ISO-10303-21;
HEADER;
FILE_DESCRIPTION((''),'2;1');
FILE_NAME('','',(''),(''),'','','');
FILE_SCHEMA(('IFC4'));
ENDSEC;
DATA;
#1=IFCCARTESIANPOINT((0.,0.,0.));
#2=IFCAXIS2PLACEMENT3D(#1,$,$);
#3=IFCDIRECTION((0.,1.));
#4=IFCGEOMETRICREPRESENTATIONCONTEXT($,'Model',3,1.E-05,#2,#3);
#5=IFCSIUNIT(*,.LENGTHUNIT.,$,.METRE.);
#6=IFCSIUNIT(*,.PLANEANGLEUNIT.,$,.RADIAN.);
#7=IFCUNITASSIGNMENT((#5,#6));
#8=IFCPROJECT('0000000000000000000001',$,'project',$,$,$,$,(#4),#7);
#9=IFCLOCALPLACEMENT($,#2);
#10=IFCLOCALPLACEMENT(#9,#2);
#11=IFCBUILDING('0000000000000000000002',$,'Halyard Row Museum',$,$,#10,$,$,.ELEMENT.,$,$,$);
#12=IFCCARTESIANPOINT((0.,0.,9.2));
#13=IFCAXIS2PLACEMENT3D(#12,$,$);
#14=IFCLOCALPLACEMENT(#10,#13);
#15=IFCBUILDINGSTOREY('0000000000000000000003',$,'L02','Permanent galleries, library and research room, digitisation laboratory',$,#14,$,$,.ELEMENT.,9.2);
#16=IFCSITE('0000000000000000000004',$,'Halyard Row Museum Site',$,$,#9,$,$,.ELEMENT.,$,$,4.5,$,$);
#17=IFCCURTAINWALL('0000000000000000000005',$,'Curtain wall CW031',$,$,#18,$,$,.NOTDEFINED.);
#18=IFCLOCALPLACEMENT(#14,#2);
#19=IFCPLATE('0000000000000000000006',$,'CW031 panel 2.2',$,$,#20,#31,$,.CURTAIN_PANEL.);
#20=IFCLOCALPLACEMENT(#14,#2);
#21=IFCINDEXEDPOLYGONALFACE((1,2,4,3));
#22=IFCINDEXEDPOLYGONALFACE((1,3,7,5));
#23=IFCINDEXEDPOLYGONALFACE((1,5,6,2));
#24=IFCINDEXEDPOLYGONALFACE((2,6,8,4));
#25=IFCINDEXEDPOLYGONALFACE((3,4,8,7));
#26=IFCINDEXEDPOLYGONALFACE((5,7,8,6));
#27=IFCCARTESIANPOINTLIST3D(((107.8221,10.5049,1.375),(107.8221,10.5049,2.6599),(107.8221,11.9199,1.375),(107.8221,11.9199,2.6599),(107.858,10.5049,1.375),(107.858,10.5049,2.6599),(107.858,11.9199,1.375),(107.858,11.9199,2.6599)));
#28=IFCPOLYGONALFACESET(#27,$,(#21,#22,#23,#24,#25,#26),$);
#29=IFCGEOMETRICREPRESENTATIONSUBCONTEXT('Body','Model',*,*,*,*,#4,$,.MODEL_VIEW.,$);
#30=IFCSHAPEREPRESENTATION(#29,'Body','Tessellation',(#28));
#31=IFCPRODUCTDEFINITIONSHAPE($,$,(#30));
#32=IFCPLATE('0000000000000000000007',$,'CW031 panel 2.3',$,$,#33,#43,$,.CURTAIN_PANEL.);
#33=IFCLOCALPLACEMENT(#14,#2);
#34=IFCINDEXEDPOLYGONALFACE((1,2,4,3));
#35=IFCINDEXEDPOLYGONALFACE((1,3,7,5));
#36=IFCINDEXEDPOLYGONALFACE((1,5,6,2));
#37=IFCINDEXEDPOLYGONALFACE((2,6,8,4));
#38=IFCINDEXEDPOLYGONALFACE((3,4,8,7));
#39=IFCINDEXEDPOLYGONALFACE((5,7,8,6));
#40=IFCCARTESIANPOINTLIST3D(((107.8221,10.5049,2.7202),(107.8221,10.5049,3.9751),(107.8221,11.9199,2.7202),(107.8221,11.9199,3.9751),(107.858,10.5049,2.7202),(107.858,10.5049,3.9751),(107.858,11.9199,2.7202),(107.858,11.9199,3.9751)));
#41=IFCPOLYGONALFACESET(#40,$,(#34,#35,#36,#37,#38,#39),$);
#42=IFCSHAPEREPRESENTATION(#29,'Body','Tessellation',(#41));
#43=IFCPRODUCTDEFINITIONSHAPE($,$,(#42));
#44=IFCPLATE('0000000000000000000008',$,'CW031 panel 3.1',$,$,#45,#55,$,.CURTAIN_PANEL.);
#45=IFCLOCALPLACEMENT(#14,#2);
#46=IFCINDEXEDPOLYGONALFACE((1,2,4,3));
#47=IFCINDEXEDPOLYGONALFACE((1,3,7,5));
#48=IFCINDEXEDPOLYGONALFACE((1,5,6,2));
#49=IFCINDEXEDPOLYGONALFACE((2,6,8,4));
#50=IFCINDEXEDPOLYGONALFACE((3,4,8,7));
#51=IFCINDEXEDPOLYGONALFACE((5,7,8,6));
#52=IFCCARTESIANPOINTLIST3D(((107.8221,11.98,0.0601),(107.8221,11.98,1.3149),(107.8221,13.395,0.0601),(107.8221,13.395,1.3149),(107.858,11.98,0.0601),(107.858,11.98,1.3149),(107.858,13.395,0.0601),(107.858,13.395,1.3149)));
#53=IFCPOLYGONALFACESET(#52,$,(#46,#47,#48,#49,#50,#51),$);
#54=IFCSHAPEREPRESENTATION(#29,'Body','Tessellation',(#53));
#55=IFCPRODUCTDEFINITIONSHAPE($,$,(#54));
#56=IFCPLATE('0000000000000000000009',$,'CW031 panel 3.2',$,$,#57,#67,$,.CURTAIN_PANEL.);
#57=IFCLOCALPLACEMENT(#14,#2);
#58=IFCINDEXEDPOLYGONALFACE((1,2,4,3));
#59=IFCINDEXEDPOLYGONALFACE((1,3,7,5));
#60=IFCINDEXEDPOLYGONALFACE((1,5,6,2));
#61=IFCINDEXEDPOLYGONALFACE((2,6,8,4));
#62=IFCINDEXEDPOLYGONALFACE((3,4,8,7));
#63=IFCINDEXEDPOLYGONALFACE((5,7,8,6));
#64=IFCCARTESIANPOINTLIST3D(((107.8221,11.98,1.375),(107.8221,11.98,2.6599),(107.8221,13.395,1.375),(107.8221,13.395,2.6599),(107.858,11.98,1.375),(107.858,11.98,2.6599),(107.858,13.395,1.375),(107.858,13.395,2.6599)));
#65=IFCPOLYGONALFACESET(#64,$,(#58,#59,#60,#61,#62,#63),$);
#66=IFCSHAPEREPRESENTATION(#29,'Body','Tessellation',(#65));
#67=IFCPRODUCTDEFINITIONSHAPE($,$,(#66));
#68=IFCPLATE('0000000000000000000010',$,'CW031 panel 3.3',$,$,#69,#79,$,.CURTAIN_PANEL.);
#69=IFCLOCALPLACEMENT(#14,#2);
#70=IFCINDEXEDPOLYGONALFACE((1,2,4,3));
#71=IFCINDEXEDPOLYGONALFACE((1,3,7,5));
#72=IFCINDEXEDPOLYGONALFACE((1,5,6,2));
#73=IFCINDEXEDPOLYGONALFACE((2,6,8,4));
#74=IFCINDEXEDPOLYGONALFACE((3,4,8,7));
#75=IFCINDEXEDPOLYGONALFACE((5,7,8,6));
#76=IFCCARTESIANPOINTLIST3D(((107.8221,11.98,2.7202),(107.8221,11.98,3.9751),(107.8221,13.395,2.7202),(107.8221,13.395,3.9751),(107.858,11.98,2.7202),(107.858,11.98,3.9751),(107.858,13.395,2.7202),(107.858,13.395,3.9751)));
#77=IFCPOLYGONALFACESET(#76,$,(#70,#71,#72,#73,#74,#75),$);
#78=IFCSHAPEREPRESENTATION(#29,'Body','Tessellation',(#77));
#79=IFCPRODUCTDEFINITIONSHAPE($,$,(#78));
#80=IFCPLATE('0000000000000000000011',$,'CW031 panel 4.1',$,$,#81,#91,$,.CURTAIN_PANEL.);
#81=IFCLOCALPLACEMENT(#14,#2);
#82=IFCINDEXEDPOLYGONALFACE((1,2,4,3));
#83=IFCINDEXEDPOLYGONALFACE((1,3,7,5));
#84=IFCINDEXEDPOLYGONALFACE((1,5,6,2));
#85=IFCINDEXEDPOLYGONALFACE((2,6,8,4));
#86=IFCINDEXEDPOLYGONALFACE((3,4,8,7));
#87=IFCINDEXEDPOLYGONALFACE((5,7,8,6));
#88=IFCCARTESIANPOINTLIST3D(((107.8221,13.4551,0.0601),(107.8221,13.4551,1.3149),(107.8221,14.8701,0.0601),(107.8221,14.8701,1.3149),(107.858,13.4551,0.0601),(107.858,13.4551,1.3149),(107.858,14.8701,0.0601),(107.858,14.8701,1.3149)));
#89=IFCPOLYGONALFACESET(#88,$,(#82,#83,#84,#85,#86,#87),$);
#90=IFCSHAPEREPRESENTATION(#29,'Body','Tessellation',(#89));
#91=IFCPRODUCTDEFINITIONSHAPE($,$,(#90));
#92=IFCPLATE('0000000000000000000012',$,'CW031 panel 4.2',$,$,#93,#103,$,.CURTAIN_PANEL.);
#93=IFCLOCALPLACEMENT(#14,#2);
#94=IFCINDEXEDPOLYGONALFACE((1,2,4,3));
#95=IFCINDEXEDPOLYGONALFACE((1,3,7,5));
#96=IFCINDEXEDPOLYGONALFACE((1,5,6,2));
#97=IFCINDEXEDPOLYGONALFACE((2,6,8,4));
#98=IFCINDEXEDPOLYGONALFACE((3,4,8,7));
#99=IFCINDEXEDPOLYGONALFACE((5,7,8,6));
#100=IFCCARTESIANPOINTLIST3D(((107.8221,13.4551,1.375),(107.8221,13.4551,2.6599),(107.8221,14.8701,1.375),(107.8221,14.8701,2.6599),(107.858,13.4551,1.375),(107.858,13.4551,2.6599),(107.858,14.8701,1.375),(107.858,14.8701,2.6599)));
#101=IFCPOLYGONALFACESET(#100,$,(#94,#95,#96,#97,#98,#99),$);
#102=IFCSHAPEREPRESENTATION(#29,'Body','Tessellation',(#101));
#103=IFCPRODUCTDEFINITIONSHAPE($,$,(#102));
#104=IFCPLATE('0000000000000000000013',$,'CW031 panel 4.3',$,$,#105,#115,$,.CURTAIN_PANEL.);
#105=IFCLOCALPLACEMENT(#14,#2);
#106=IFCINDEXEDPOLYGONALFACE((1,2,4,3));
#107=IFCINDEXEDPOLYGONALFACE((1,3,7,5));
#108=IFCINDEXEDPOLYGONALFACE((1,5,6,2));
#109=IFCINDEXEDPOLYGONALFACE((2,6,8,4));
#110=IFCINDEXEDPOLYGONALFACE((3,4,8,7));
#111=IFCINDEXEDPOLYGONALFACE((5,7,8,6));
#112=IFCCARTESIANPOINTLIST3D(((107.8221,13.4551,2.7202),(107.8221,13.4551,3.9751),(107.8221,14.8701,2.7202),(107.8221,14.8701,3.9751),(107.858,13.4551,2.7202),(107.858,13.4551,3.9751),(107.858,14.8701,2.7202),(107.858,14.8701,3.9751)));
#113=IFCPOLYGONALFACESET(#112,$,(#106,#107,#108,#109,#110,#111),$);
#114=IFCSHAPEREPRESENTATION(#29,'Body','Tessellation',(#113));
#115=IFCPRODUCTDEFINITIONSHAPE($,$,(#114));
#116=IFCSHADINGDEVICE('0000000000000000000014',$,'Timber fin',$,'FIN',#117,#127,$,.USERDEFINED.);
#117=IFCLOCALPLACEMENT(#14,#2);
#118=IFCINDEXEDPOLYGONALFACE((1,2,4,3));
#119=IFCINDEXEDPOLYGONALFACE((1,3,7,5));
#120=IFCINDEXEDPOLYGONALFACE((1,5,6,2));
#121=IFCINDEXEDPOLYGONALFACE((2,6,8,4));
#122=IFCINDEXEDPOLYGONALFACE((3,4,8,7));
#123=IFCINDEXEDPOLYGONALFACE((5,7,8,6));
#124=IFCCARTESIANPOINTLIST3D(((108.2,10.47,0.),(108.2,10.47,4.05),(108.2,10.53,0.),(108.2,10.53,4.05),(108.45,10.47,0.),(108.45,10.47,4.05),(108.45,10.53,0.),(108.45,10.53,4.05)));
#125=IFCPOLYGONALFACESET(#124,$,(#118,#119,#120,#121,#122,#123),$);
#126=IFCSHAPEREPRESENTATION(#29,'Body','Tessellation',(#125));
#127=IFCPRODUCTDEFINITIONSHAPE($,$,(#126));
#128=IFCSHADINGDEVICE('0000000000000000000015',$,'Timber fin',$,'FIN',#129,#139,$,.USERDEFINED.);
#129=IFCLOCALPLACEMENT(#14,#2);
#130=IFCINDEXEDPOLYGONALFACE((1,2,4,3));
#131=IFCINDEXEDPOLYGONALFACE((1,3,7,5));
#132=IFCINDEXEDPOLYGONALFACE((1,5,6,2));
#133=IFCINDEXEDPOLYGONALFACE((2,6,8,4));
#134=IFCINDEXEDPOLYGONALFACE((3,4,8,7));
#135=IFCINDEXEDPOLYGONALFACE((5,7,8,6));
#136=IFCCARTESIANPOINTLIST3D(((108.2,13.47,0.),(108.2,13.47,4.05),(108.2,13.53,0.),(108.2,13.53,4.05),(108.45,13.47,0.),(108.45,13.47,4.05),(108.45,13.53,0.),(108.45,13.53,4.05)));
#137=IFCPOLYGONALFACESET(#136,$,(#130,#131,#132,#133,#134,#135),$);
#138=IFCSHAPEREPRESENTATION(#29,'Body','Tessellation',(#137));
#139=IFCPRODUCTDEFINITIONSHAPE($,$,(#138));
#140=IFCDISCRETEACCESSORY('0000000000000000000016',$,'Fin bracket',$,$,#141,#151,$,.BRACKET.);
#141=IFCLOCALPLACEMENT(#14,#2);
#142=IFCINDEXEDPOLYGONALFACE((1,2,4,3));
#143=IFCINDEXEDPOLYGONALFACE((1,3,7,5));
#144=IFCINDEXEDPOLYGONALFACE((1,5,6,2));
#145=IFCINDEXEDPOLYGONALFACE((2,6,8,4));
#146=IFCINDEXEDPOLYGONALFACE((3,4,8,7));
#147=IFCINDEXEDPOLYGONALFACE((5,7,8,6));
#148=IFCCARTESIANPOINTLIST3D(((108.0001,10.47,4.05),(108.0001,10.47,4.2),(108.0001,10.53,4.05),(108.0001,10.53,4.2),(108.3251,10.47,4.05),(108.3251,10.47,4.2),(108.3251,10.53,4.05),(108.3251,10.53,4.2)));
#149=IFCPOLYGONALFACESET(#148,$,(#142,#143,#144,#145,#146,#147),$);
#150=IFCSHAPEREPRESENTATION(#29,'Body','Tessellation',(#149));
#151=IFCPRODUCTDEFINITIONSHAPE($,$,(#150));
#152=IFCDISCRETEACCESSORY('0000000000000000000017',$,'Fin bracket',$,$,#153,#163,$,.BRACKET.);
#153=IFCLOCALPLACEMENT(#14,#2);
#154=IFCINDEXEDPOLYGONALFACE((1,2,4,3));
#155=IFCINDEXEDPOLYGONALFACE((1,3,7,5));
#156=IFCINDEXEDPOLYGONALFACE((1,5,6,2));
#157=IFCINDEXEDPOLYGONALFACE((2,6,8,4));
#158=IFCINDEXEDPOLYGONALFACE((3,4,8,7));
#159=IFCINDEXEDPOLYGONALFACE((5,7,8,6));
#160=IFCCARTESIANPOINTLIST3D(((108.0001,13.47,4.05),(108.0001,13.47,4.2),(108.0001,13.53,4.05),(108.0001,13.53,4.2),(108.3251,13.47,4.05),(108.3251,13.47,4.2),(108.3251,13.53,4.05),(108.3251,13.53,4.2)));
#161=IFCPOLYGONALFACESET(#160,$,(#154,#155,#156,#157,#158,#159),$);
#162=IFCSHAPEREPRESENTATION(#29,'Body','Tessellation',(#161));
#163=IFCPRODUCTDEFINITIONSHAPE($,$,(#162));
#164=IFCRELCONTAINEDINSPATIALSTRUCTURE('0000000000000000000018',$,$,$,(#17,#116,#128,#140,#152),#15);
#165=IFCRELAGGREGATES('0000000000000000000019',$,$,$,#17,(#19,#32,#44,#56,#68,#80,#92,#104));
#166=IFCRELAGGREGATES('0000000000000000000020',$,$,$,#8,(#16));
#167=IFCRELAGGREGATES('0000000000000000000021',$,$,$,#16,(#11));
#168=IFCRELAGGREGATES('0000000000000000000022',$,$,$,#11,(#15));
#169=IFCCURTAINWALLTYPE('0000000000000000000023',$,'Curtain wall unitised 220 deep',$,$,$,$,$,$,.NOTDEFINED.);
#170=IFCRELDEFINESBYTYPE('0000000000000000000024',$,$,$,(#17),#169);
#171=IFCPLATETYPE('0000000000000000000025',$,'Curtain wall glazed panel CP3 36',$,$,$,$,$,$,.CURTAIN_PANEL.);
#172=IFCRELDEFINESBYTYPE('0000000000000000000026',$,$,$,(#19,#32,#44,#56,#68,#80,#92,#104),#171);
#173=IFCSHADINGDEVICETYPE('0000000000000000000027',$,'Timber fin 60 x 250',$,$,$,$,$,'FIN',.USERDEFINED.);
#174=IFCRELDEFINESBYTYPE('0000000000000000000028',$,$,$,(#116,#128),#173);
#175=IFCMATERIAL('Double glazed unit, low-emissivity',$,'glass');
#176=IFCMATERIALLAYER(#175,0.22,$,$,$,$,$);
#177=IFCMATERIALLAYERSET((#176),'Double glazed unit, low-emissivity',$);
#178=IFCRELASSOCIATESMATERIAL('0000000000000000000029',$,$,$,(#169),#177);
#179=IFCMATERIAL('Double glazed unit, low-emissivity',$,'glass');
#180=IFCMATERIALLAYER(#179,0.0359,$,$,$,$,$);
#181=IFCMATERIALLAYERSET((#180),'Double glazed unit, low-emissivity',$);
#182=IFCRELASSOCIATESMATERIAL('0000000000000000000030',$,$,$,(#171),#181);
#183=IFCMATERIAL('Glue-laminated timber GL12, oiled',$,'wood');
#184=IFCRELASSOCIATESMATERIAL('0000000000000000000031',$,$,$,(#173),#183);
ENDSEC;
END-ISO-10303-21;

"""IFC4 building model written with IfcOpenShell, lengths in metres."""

from ifc_helpers import new_model, si_unit, direction, frame, origin, origin_2d, place, context, subcontext, project, spatial, rectangle, extrude, material, layer, layer_set, type_object, element, aggregate, save


model = new_model("IFC4")

# Units and contexts
model_context = context("Model", 3, precision=1e-05, world=origin(), true_north=direction((0.0, 1.0)))
body_context = subcontext(model_context, "Body", "Model", "MODEL_VIEW")
ifc_project = project(units=[si_unit("LENGTHUNIT", "METRE"), si_unit("PLANEANGLEUNIT", "RADIAN")], contexts=[model_context])

# Site, building, storey
site_placement = place(None, origin())
site = spatial("IfcSite", under=ifc_project, at=site_placement, Name="Halyard Row Museum Site", CompositionType="ELEMENT", RefElevation=4.5)
building_placement = place(site_placement, origin())
building = spatial("IfcBuilding", under=site, at=building_placement, Name="Halyard Row Museum", CompositionType="ELEMENT")
storey_placement = place(building_placement, frame((0.0, 0.0, 9.2)))
storey = spatial("IfcBuildingStorey", under=building, at=storey_placement, Name="L02", Description="Permanent galleries, library and research room, digitisation laboratory", CompositionType="ELEMENT", Elevation=9.2)

# Curtain wall, plates
ifc_material_1 = material(Name="Double glazed unit, low-emissivity", Category="glass")
ifc_layer_1 = layer(ifc_material_1, 0.22)
ifc_layer_set_1 = layer_set([ifc_layer_1], Name="Double glazed unit, low-emissivity")
curtain_wall_type = type_object("IfcCurtainWallType", Name="Curtain wall unitised 220 deep", PredefinedType="NOTDEFINED", material=ifc_layer_set_1)
curtain_wall_placement = place(storey_placement, origin())
curtain_wall = element("IfcCurtainWall", 1, at=curtain_wall_placement, inside=storey, type_object=curtain_wall_type, Name="Curtain wall CW031", PredefinedType="NOTDEFINED")
ifc_material_2 = material(Name="Double glazed unit, low-emissivity", Category="glass")
ifc_layer_2 = layer(ifc_material_2, 0.0359)
ifc_layer_set_2 = layer_set([ifc_layer_2], Name="Double glazed unit, low-emissivity")
plate_type = type_object("IfcPlateType", Name="Curtain wall glazed panel CP3 36", PredefinedType="CURTAIN_PANEL", material=ifc_layer_set_2)
plate_1_placement = place(storey_placement, frame((107.8401, 11.2124, 1.375), z_axis=(0.0, 0.0, 1.0), x_axis=(0.0, 1.0, 0.0)))
plate_1 = element("IfcPlate", 2, at=plate_1_placement, type_object=plate_type, Name="CW031 panel 2.2", PredefinedType="CURTAIN_PANEL", context=body_context, shape_type="SweptSolid", body=[
    extrude(rectangle(XDim=1.415, YDim=0.0359, at=origin_2d()), origin(), (0.0, 0.0, 1.0), 1.2849),
])
plate_2_placement = place(storey_placement, frame((107.8401, 11.2124, 2.7202), z_axis=(0.0, 0.0, 1.0), x_axis=(0.0, 1.0, 0.0)))
plate_2 = element("IfcPlate", 3, at=plate_2_placement, type_object=plate_type, Name="CW031 panel 2.3", PredefinedType="CURTAIN_PANEL", context=body_context, shape_type="SweptSolid", body=[
    extrude(rectangle(XDim=1.415, YDim=0.0359, at=origin_2d()), origin(), (0.0, 0.0, 1.0), 1.2549),
])
plate_3_placement = place(storey_placement, frame((107.8401, 12.6875, 0.0601), z_axis=(0.0, 0.0, 1.0), x_axis=(0.0, 1.0, 0.0)))
plate_3 = element("IfcPlate", 4, at=plate_3_placement, type_object=plate_type, Name="CW031 panel 3.1", PredefinedType="CURTAIN_PANEL", context=body_context, shape_type="SweptSolid", body=[
    extrude(rectangle(XDim=1.415, YDim=0.0359, at=origin_2d()), origin(), (0.0, 0.0, 1.0), 1.2549),
])
plate_4_placement = place(storey_placement, frame((107.8401, 12.6875, 1.375), z_axis=(0.0, 0.0, 1.0), x_axis=(0.0, 1.0, 0.0)))
plate_4 = element("IfcPlate", 5, at=plate_4_placement, type_object=plate_type, Name="CW031 panel 3.2", PredefinedType="CURTAIN_PANEL", context=body_context, shape_type="SweptSolid", body=[
    extrude(rectangle(XDim=1.415, YDim=0.0359, at=origin_2d()), origin(), (0.0, 0.0, 1.0), 1.2849),
])
plate_5_placement = place(storey_placement, frame((107.8401, 12.6875, 2.7202), z_axis=(0.0, 0.0, 1.0), x_axis=(0.0, 1.0, 0.0)))
plate_5 = element("IfcPlate", 6, at=plate_5_placement, type_object=plate_type, Name="CW031 panel 3.3", PredefinedType="CURTAIN_PANEL", context=body_context, shape_type="SweptSolid", body=[
    extrude(rectangle(XDim=1.415, YDim=0.0359, at=origin_2d()), origin(), (0.0, 0.0, 1.0), 1.2549),
])
plate_6_placement = place(storey_placement, frame((107.8401, 14.1626, 0.0601), z_axis=(0.0, 0.0, 1.0), x_axis=(0.0, 1.0, 0.0)))
plate_6 = element("IfcPlate", 7, at=plate_6_placement, type_object=plate_type, Name="CW031 panel 4.1", PredefinedType="CURTAIN_PANEL", context=body_context, shape_type="SweptSolid", body=[
    extrude(rectangle(XDim=1.415, YDim=0.0359, at=origin_2d()), origin(), (0.0, 0.0, 1.0), 1.2549),
])
plate_7_placement = place(storey_placement, frame((107.8401, 14.1626, 1.375), z_axis=(0.0, 0.0, 1.0), x_axis=(0.0, 1.0, 0.0)))
plate_7 = element("IfcPlate", 8, at=plate_7_placement, type_object=plate_type, Name="CW031 panel 4.2", PredefinedType="CURTAIN_PANEL", context=body_context, shape_type="SweptSolid", body=[
    extrude(rectangle(XDim=1.415, YDim=0.0359, at=origin_2d()), origin(), (0.0, 0.0, 1.0), 1.2849),
])
plate_8_placement = place(storey_placement, frame((107.8401, 14.1626, 2.7202), z_axis=(0.0, 0.0, 1.0), x_axis=(0.0, 1.0, 0.0)))
plate_8 = element("IfcPlate", 9, at=plate_8_placement, type_object=plate_type, Name="CW031 panel 4.3", PredefinedType="CURTAIN_PANEL", context=body_context, shape_type="SweptSolid", body=[
    extrude(rectangle(XDim=1.415, YDim=0.0359, at=origin_2d()), origin(), (0.0, 0.0, 1.0), 1.2549),
])
aggregate(curtain_wall, [plate_1, plate_2, plate_3, plate_4, plate_5, plate_6, plate_7, plate_8])

# Shading devices
ifc_material_3 = material(Name="Glue-laminated timber GL12, oiled", Category="wood")
shading_device_type = type_object("IfcShadingDeviceType", Name="Timber fin 60 x 250", ElementType="FIN", PredefinedType="USERDEFINED", material=ifc_material_3)
for number, where, z_axis, x_axis, name in (
    (10, (108.325, 10.5, 0.0), (0.0, 0.0, 1.0), (1.0, 0.0, 0.0), "Timber fin"),
    (11, (108.325, 13.5, 0.0), (0.0, 0.0, 1.0), (1.0, 0.0, 0.0), "Timber fin"),
):
    element("IfcShadingDevice", number, at=place(storey_placement, frame(where, z_axis=z_axis, x_axis=x_axis)), inside=storey, type_object=shading_device_type, Name=name, ObjectType="FIN", PredefinedType="USERDEFINED", context=body_context, shape_type="SweptSolid", body=[
        extrude(rectangle(XDim=0.25, YDim=0.0601, at=origin_2d()), origin(), (0.0, 0.0, 1.0), 4.05),
    ])

# Discrete accessories
for number, where, z_axis, x_axis, name in (
    (12, (108.1626, 10.5, 4.05), (0.0, 0.0, 1.0), (1.0, 0.0, 0.0), "Fin bracket"),
    (13, (108.1626, 13.5, 4.05), (0.0, 0.0, 1.0), (1.0, 0.0, 0.0), "Fin bracket"),
):
    element("IfcDiscreteAccessory", number, at=place(storey_placement, frame(where, z_axis=z_axis, x_axis=x_axis)), inside=storey, Name=name, PredefinedType="BRACKET", context=body_context, shape_type="SweptSolid", body=[
        extrude(rectangle(XDim=0.325, YDim=0.0601, at=origin_2d()), origin(), (0.0, 0.0, 1.0), 0.1499),
    ])

save(model, "model.ifc")
